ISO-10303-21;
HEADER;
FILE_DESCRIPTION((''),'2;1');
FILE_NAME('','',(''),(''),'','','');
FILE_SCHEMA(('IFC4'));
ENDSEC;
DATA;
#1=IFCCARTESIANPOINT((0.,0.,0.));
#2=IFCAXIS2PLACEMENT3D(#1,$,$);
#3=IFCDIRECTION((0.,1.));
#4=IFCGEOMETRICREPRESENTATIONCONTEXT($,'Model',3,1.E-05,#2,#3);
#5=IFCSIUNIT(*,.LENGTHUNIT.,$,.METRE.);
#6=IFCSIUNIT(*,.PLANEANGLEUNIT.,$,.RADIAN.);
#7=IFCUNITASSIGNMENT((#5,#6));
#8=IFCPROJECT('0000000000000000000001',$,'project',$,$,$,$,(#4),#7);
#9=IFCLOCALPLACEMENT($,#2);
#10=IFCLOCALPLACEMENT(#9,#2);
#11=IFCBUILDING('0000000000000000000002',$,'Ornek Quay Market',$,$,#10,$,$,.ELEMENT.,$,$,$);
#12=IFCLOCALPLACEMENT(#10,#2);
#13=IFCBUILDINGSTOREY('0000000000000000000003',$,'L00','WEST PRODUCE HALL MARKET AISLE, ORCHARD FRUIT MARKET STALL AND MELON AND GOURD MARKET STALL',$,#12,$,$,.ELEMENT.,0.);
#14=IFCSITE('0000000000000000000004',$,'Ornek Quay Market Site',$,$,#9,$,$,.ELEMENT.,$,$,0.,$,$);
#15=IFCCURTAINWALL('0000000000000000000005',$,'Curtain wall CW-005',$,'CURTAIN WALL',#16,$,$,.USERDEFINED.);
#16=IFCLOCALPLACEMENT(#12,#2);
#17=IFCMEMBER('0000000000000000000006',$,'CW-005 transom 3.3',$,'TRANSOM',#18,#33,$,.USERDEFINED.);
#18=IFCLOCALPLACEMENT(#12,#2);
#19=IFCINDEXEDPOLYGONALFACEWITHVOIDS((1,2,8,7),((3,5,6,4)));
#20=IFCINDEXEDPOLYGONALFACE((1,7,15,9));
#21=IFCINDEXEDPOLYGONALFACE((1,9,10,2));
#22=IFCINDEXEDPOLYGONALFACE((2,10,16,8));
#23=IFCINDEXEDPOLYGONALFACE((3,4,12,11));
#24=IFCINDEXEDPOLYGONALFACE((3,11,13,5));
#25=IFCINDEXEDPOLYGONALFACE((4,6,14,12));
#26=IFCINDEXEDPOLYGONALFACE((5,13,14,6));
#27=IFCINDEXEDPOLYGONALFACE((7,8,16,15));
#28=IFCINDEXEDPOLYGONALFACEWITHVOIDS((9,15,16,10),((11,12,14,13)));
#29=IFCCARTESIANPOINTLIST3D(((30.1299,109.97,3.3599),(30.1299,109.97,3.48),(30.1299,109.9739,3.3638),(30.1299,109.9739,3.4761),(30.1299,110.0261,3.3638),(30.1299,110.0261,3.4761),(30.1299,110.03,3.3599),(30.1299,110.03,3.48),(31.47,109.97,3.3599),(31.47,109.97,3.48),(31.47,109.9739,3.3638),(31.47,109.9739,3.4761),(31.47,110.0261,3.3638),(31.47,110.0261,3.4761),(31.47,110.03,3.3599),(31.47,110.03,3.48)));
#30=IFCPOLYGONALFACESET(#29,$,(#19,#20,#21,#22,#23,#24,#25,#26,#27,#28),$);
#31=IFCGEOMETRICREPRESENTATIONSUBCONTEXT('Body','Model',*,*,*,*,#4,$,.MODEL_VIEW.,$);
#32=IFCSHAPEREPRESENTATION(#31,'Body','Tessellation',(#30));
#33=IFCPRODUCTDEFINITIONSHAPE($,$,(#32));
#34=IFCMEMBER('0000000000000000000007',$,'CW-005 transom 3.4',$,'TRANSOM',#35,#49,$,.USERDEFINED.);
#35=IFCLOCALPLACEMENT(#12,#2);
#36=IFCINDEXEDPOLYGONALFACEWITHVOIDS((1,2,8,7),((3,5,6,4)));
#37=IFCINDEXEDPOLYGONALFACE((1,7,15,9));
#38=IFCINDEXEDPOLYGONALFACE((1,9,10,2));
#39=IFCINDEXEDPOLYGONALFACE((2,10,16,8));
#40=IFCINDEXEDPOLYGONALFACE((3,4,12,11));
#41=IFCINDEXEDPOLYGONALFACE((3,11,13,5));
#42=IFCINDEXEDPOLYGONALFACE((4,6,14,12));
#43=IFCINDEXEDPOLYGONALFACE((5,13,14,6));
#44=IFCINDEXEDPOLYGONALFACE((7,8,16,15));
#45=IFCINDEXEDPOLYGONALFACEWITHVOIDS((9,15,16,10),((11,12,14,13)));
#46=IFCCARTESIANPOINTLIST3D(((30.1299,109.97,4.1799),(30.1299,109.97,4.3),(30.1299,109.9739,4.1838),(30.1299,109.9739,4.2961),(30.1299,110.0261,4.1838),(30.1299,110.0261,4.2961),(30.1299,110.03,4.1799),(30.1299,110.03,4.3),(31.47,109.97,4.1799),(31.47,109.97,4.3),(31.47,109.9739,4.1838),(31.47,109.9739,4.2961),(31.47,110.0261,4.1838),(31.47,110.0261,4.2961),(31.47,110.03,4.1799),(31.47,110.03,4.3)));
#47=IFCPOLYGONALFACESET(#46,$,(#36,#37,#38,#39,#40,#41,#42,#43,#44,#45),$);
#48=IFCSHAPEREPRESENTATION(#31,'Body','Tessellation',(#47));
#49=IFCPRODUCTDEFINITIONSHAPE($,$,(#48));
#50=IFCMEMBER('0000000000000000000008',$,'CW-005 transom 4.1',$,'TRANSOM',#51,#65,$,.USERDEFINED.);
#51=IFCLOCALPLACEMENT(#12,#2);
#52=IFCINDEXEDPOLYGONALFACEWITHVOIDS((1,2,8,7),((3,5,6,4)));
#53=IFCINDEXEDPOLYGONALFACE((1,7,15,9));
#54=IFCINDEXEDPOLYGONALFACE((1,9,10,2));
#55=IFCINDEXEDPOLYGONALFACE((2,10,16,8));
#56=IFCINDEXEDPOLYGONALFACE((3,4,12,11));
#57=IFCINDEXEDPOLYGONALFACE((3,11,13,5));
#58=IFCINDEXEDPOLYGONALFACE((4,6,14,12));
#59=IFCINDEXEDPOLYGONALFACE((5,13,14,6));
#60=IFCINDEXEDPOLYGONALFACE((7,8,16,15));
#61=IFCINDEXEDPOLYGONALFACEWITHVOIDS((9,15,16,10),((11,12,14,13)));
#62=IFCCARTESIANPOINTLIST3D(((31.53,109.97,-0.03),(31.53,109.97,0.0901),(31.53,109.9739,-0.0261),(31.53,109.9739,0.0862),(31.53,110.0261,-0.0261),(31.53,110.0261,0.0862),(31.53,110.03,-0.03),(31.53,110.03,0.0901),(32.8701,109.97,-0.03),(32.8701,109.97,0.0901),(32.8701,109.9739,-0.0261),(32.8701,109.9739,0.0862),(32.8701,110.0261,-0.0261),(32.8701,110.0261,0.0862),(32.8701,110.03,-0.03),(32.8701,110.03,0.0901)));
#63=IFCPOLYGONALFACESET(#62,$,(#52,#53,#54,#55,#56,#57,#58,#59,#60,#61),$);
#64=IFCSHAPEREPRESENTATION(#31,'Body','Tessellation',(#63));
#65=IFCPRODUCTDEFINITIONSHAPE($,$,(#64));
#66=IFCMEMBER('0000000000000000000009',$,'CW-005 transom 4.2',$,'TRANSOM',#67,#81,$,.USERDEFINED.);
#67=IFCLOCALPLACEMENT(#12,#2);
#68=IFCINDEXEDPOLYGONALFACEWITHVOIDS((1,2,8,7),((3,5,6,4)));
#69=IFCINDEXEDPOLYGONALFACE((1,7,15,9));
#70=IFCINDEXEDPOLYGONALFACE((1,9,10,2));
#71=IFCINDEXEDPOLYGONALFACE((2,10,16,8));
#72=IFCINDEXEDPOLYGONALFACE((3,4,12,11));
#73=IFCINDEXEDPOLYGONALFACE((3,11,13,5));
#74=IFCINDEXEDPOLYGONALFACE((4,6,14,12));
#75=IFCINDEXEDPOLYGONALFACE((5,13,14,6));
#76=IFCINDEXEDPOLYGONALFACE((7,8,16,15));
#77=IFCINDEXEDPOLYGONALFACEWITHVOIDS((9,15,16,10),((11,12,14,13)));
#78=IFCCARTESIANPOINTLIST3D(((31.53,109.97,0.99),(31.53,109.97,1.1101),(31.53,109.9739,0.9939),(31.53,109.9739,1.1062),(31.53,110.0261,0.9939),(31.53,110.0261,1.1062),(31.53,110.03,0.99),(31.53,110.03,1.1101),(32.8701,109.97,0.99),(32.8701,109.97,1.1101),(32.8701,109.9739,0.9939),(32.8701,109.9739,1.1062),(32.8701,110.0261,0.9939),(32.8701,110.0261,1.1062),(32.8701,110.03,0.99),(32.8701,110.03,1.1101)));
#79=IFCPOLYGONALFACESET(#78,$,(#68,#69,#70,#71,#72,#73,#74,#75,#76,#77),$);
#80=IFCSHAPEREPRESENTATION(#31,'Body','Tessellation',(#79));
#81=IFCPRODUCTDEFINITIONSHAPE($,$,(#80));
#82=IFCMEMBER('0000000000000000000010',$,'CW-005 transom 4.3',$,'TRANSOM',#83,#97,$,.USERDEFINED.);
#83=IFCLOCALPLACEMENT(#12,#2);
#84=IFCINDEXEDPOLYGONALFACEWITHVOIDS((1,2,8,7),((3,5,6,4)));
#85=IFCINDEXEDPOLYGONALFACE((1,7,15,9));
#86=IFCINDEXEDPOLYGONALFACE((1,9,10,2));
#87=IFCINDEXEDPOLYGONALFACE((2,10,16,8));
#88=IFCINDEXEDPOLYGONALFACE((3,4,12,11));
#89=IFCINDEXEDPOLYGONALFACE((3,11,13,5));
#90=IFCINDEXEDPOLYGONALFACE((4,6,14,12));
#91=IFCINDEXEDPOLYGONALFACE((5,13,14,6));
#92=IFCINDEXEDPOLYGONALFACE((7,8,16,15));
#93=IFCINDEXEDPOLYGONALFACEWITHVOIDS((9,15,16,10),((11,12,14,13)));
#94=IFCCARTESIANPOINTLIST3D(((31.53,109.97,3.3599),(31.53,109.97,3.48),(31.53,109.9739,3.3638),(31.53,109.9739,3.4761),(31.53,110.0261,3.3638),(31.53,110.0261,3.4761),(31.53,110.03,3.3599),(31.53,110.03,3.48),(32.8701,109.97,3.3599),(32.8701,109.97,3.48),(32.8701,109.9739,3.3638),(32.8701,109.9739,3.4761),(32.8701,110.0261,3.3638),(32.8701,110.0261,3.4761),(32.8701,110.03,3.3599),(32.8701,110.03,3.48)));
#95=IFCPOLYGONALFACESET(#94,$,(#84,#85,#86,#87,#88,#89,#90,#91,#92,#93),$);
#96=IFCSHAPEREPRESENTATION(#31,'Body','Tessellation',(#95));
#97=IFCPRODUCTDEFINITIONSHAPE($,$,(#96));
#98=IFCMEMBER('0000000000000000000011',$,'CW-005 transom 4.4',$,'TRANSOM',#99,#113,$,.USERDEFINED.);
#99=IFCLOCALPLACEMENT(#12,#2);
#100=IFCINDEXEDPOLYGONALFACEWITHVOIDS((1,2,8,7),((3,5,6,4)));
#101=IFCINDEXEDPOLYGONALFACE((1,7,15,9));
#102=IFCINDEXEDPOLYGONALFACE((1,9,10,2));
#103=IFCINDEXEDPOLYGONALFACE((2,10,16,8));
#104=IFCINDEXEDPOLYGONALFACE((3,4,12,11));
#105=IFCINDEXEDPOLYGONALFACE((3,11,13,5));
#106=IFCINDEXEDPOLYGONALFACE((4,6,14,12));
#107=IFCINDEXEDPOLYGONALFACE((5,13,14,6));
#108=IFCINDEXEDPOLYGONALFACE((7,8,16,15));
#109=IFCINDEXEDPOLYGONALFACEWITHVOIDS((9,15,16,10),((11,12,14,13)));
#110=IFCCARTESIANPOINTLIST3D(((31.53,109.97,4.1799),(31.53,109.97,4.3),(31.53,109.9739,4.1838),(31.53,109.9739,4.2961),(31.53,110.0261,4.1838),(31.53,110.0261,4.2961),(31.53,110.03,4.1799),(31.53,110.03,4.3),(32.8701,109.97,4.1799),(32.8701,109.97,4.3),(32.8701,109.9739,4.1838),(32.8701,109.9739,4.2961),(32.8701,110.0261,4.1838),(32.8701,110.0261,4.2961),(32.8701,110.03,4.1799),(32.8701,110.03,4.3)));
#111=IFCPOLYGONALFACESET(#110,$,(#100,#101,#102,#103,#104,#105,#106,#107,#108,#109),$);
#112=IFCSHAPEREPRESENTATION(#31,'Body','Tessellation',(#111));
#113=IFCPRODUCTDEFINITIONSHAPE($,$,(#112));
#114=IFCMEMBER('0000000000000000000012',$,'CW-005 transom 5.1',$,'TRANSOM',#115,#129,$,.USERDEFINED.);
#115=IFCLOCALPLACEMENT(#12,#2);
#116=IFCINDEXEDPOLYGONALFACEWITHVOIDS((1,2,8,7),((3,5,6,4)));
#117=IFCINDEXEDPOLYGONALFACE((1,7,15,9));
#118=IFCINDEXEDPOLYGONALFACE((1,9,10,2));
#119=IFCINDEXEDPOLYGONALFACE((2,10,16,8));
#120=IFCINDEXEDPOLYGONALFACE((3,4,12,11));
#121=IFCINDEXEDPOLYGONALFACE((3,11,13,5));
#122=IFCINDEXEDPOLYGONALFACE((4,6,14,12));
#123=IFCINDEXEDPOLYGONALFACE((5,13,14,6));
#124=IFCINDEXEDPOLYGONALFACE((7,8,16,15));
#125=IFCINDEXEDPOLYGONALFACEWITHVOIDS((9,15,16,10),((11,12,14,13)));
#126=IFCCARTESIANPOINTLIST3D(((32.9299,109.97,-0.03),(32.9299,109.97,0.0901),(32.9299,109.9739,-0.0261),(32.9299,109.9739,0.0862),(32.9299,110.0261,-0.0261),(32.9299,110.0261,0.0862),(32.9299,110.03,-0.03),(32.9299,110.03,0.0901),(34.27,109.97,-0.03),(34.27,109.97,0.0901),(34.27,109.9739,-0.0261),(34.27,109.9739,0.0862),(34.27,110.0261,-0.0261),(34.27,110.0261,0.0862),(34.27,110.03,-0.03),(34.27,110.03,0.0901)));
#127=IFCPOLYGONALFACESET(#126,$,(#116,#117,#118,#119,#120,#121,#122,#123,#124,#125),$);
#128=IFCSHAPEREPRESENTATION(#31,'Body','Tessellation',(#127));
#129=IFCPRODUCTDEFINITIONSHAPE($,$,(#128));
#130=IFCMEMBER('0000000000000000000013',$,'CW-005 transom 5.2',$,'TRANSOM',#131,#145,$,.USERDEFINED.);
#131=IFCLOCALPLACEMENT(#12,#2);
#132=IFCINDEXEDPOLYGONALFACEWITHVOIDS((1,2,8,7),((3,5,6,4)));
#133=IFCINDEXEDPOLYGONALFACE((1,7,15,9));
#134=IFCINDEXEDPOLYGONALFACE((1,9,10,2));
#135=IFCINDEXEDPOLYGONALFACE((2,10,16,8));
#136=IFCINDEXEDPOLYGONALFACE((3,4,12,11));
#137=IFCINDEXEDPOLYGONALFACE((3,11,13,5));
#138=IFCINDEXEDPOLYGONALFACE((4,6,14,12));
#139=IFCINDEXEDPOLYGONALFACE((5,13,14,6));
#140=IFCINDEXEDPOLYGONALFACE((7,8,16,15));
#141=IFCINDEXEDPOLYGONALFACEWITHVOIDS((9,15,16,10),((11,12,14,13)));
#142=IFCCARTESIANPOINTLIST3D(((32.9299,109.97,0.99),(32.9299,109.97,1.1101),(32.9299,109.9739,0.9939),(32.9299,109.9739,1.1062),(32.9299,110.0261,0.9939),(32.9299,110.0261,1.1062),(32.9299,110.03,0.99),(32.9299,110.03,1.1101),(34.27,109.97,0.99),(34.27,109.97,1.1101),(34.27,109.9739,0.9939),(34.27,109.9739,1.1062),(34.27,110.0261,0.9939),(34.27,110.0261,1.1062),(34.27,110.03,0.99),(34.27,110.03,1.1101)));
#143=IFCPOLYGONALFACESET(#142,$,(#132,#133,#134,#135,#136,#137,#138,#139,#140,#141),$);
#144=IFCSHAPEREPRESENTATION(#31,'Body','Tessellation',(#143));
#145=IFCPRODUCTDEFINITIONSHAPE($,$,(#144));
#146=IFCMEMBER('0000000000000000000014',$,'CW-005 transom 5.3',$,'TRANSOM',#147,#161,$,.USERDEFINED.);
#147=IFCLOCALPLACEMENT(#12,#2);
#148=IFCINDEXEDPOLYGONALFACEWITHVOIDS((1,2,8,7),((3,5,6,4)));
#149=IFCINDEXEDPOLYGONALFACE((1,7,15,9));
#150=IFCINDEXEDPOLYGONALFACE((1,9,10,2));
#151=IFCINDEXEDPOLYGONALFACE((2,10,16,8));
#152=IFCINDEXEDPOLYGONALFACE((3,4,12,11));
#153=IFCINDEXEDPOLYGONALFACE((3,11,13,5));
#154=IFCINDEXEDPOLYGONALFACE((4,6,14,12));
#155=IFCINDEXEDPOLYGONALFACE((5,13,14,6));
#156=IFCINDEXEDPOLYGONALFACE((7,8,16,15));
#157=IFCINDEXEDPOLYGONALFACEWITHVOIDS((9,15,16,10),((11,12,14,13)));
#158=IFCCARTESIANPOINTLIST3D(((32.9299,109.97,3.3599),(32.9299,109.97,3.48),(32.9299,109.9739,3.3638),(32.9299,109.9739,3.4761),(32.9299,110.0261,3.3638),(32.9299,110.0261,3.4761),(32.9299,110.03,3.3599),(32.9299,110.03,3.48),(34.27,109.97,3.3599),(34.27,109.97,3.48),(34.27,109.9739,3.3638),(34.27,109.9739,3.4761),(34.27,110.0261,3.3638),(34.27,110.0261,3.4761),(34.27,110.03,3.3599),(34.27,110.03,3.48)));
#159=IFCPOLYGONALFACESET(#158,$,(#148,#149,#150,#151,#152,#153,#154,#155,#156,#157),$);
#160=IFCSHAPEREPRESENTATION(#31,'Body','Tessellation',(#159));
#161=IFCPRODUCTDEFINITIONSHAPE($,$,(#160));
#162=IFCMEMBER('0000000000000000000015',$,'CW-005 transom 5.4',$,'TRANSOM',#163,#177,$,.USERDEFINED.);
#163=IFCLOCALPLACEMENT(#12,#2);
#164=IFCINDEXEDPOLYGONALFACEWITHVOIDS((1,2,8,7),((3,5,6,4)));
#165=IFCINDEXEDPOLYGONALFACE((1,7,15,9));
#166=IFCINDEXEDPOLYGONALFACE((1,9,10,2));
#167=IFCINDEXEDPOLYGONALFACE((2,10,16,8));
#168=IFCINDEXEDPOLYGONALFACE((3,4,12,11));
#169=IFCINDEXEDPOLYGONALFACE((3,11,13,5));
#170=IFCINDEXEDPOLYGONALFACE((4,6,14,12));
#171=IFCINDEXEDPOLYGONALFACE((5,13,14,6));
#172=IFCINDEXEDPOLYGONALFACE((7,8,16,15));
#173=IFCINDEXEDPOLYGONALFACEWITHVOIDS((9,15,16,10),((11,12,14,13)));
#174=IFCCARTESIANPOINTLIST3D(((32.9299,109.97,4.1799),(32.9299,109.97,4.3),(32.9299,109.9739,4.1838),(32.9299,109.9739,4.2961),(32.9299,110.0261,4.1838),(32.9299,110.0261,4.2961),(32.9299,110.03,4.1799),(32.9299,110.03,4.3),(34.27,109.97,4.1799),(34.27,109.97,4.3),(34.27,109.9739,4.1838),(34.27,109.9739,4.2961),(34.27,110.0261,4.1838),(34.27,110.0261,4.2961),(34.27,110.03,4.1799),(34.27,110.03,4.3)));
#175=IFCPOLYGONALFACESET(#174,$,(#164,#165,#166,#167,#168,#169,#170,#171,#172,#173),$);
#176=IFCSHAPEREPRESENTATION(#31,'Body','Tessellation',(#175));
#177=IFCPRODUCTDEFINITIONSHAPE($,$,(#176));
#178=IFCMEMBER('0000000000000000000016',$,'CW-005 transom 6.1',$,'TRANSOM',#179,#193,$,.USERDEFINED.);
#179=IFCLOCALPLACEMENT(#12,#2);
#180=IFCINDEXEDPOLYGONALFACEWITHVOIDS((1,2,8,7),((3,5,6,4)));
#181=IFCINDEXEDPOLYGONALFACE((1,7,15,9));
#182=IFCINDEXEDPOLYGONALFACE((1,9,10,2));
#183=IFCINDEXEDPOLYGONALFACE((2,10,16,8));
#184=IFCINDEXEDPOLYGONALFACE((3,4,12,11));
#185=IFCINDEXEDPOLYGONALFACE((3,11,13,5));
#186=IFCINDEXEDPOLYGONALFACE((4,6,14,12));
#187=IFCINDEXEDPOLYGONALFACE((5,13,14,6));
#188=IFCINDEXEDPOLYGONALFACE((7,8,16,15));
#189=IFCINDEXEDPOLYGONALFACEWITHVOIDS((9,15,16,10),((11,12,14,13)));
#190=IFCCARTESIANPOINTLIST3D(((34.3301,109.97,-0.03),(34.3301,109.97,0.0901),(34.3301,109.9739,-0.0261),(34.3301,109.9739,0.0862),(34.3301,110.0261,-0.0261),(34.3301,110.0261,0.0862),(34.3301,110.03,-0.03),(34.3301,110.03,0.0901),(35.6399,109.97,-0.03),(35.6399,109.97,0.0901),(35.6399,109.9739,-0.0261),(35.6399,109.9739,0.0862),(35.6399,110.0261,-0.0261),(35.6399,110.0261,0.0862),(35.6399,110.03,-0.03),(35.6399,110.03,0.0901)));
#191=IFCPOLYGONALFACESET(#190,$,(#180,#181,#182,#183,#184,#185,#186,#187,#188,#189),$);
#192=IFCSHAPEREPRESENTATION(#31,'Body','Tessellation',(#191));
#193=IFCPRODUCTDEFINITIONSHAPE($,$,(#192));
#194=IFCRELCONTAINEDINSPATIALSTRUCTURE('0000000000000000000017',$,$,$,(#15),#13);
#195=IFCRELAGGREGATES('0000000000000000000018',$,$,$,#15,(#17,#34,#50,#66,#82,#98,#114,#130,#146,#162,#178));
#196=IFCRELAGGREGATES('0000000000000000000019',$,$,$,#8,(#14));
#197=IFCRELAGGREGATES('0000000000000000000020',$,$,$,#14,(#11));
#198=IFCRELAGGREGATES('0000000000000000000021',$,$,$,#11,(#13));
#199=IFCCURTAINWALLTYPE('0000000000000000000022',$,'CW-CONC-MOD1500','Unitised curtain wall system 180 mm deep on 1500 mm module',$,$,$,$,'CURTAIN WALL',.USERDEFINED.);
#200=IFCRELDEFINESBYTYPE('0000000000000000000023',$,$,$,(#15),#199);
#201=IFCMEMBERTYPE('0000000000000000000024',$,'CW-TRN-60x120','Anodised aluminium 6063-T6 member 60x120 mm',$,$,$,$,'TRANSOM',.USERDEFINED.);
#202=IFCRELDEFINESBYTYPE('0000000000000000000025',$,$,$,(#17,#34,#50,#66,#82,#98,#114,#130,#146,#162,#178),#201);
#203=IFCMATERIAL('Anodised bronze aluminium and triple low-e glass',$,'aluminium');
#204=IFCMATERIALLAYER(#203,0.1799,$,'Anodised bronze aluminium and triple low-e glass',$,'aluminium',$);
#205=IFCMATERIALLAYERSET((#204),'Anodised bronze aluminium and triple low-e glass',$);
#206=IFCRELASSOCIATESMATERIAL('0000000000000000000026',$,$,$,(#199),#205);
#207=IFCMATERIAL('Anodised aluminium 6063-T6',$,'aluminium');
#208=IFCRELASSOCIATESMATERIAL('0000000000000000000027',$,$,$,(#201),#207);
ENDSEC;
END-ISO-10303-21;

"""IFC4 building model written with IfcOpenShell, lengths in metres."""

from ifc_helpers import new_model, si_unit, direction, frame, origin, origin_2d, place, context, subcontext, project, spatial, hollow_rectangle, extrude, material, layer, layer_set, material_profile, profile_set, type_object, element, aggregate, save


model = new_model("IFC4")

# Units and contexts
model_context = context("Model", 3, precision=1e-05, world=origin(), true_north=direction((0.0, 1.0)))
body_context = subcontext(model_context, "Body", "Model", "MODEL_VIEW")
ifc_project = project(units=[si_unit("LENGTHUNIT", "METRE"), si_unit("PLANEANGLEUNIT", "RADIAN")], contexts=[model_context])

# Site, building, storey
site_placement = place(None, origin())
site = spatial("IfcSite", under=ifc_project, at=site_placement, Name="Ornek Quay Market Site", CompositionType="ELEMENT", RefElevation=0.0)
building_placement = place(site_placement, origin())
building = spatial("IfcBuilding", under=site, at=building_placement, Name="Ornek Quay Market", CompositionType="ELEMENT")
storey_placement = place(building_placement, origin())
storey = spatial("IfcBuildingStorey", under=building, at=storey_placement, Name="L00", Description="WEST PRODUCE HALL MARKET AISLE, ORCHARD FRUIT MARKET STALL AND MELON AND GOURD MARKET STALL", CompositionType="ELEMENT", Elevation=0.0)

# Curtain wall, members
ifc_material_1 = material(Name="Anodised bronze aluminium and triple low-e glass", Category="aluminium")
ifc_layer_1 = layer(ifc_material_1, 0.1799, Name="Anodised bronze aluminium and triple low-e glass", Category="aluminium")
ifc_layer_set_1 = layer_set([ifc_layer_1], Name="Anodised bronze aluminium and triple low-e glass")
curtain_wall_type = type_object("IfcCurtainWallType", Name="CW-CONC-MOD1500", Description="Unitised curtain wall system 180 mm deep on 1500 mm module", ElementType="CURTAIN WALL", PredefinedType="USERDEFINED", material=ifc_layer_set_1)
curtain_wall_placement = place(storey_placement, origin())
curtain_wall = element("IfcCurtainWall", 1, at=curtain_wall_placement, inside=storey, type_object=curtain_wall_type, Name="Curtain wall CW-005", ObjectType="CURTAIN WALL", PredefinedType="USERDEFINED")
ifc_material_2 = material(Name="Anodised aluminium 6063-T6", Category="aluminium")
ifc_material_profile_1 = material_profile(ifc_material_2, hollow_rectangle(XDim=0.0601, YDim=0.1201, WallThickness=0.0039, at=origin_2d()), Name="CW-TRN-60x120", Category="aluminium")
ifc_profile_set_1 = profile_set([ifc_material_profile_1], Name="Anodised aluminium 6063-T6")
member_type_1 = type_object("IfcMemberType", Name="CW-TRN-60x120", Description="Anodised aluminium 6063-T6 member 60x120 mm", ElementType="TRANSOM", PredefinedType="USERDEFINED", material=ifc_profile_set_1)
member_1_placement = place(storey_placement, frame((30.1299, 110.0, 3.4199), z_axis=(1.0, 0.0, 0.0), x_axis=(0.0, 1.0, 0.0)))
member_1 = element("IfcMember", 2, at=member_1_placement, type_object=member_type_1, Name="CW-005 transom 3.3", ObjectType="TRANSOM", PredefinedType="USERDEFINED", context=body_context, shape_type="SweptSolid", body=[
    extrude(hollow_rectangle(XDim=0.0601, YDim=0.1201, WallThickness=0.0039, at=origin_2d()), origin(), (0.0, 0.0, 1.0), 1.3401),
])
member_2_placement = place(storey_placement, frame((30.1299, 110.0, 4.24), z_axis=(1.0, 0.0, 0.0), x_axis=(0.0, 1.0, 0.0)))
member_2 = element("IfcMember", 3, at=member_2_placement, type_object=member_type_1, Name="CW-005 transom 3.4", ObjectType="TRANSOM", PredefinedType="USERDEFINED", context=body_context, shape_type="SweptSolid", body=[
    extrude(hollow_rectangle(XDim=0.0601, YDim=0.1201, WallThickness=0.0039, at=origin_2d()), origin(), (0.0, 0.0, 1.0), 1.3401),
])
member_3_placement = place(storey_placement, frame((31.53, 110.0, 0.03), z_axis=(1.0, 0.0, 0.0), x_axis=(0.0, 1.0, 0.0)))
member_3 = element("IfcMember", 4, at=member_3_placement, type_object=member_type_1, Name="CW-005 transom 4.1", ObjectType="TRANSOM", PredefinedType="USERDEFINED", context=body_context, shape_type="SweptSolid", body=[
    extrude(hollow_rectangle(XDim=0.0601, YDim=0.1201, WallThickness=0.0039, at=origin_2d()), origin(), (0.0, 0.0, 1.0), 1.3401),
])
member_4_placement = place(storey_placement, frame((31.53, 110.0, 1.05), z_axis=(1.0, 0.0, 0.0), x_axis=(0.0, 1.0, 0.0)))
member_4 = element("IfcMember", 5, at=member_4_placement, type_object=member_type_1, Name="CW-005 transom 4.2", ObjectType="TRANSOM", PredefinedType="USERDEFINED", context=body_context, shape_type="SweptSolid", body=[
    extrude(hollow_rectangle(XDim=0.0601, YDim=0.1201, WallThickness=0.0039, at=origin_2d()), origin(), (0.0, 0.0, 1.0), 1.3401),
])
member_5_placement = place(storey_placement, frame((31.53, 110.0, 3.4199), z_axis=(1.0, 0.0, 0.0), x_axis=(0.0, 1.0, 0.0)))
member_5 = element("IfcMember", 6, at=member_5_placement, type_object=member_type_1, Name="CW-005 transom 4.3", ObjectType="TRANSOM", PredefinedType="USERDEFINED", context=body_context, shape_type="SweptSolid", body=[
    extrude(hollow_rectangle(XDim=0.0601, YDim=0.1201, WallThickness=0.0039, at=origin_2d()), origin(), (0.0, 0.0, 1.0), 1.3401),
])
member_6_placement = place(storey_placement, frame((31.53, 110.0, 4.24), z_axis=(1.0, 0.0, 0.0), x_axis=(0.0, 1.0, 0.0)))
member_6 = element("IfcMember", 7, at=member_6_placement, type_object=member_type_1, Name="CW-005 transom 4.4", ObjectType="TRANSOM", PredefinedType="USERDEFINED", context=body_context, shape_type="SweptSolid", body=[
    extrude(hollow_rectangle(XDim=0.0601, YDim=0.1201, WallThickness=0.0039, at=origin_2d()), origin(), (0.0, 0.0, 1.0), 1.3401),
])
member_7_placement = place(storey_placement, frame((32.9299, 110.0, 0.03), z_axis=(1.0, 0.0, 0.0), x_axis=(0.0, 1.0, 0.0)))
member_7 = element("IfcMember", 8, at=member_7_placement, type_object=member_type_1, Name="CW-005 transom 5.1", ObjectType="TRANSOM", PredefinedType="USERDEFINED", context=body_context, shape_type="SweptSolid", body=[
    extrude(hollow_rectangle(XDim=0.0601, YDim=0.1201, WallThickness=0.0039, at=origin_2d()), origin(), (0.0, 0.0, 1.0), 1.3401),
])
member_8_placement = place(storey_placement, frame((32.9299, 110.0, 1.05), z_axis=(1.0, 0.0, 0.0), x_axis=(0.0, 1.0, 0.0)))
member_8 = element("IfcMember", 9, at=member_8_placement, type_object=member_type_1, Name="CW-005 transom 5.2", ObjectType="TRANSOM", PredefinedType="USERDEFINED", context=body_context, shape_type="SweptSolid", body=[
    extrude(hollow_rectangle(XDim=0.0601, YDim=0.1201, WallThickness=0.0039, at=origin_2d()), origin(), (0.0, 0.0, 1.0), 1.3401),
])
member_9_placement = place(storey_placement, frame((32.9299, 110.0, 3.4199), z_axis=(1.0, 0.0, 0.0), x_axis=(0.0, 1.0, 0.0)))
member_9 = element("IfcMember", 10, at=member_9_placement, type_object=member_type_1, Name="CW-005 transom 5.3", ObjectType="TRANSOM", PredefinedType="USERDEFINED", context=body_context, shape_type="SweptSolid", body=[
    extrude(hollow_rectangle(XDim=0.0601, YDim=0.1201, WallThickness=0.0039, at=origin_2d()), origin(), (0.0, 0.0, 1.0), 1.3401),
])
member_10_placement = place(storey_placement, frame((32.9299, 110.0, 4.24), z_axis=(1.0, 0.0, 0.0), x_axis=(0.0, 1.0, 0.0)))
member_10 = element("IfcMember", 11, at=member_10_placement, type_object=member_type_1, Name="CW-005 transom 5.4", ObjectType="TRANSOM", PredefinedType="USERDEFINED", context=body_context, shape_type="SweptSolid", body=[
    extrude(hollow_rectangle(XDim=0.0601, YDim=0.1201, WallThickness=0.0039, at=origin_2d()), origin(), (0.0, 0.0, 1.0), 1.3401),
])
member_11_placement = place(storey_placement, frame((34.3301, 110.0, 0.03), z_axis=(1.0, 0.0, 0.0), x_axis=(0.0, 1.0, 0.0)))
member_11 = element("IfcMember", 12, at=member_11_placement, type_object=member_type_1, Name="CW-005 transom 6.1", ObjectType="TRANSOM", PredefinedType="USERDEFINED", context=body_context, shape_type="SweptSolid", body=[
    extrude(hollow_rectangle(XDim=0.0601, YDim=0.1201, WallThickness=0.0039, at=origin_2d()), origin(), (0.0, 0.0, 1.0), 1.3098),
])
aggregate(curtain_wall, [member_1, member_2, member_3, member_4, member_5, member_6, member_7, member_8, member_9, member_10, member_11])

save(model, "model.ifc")
